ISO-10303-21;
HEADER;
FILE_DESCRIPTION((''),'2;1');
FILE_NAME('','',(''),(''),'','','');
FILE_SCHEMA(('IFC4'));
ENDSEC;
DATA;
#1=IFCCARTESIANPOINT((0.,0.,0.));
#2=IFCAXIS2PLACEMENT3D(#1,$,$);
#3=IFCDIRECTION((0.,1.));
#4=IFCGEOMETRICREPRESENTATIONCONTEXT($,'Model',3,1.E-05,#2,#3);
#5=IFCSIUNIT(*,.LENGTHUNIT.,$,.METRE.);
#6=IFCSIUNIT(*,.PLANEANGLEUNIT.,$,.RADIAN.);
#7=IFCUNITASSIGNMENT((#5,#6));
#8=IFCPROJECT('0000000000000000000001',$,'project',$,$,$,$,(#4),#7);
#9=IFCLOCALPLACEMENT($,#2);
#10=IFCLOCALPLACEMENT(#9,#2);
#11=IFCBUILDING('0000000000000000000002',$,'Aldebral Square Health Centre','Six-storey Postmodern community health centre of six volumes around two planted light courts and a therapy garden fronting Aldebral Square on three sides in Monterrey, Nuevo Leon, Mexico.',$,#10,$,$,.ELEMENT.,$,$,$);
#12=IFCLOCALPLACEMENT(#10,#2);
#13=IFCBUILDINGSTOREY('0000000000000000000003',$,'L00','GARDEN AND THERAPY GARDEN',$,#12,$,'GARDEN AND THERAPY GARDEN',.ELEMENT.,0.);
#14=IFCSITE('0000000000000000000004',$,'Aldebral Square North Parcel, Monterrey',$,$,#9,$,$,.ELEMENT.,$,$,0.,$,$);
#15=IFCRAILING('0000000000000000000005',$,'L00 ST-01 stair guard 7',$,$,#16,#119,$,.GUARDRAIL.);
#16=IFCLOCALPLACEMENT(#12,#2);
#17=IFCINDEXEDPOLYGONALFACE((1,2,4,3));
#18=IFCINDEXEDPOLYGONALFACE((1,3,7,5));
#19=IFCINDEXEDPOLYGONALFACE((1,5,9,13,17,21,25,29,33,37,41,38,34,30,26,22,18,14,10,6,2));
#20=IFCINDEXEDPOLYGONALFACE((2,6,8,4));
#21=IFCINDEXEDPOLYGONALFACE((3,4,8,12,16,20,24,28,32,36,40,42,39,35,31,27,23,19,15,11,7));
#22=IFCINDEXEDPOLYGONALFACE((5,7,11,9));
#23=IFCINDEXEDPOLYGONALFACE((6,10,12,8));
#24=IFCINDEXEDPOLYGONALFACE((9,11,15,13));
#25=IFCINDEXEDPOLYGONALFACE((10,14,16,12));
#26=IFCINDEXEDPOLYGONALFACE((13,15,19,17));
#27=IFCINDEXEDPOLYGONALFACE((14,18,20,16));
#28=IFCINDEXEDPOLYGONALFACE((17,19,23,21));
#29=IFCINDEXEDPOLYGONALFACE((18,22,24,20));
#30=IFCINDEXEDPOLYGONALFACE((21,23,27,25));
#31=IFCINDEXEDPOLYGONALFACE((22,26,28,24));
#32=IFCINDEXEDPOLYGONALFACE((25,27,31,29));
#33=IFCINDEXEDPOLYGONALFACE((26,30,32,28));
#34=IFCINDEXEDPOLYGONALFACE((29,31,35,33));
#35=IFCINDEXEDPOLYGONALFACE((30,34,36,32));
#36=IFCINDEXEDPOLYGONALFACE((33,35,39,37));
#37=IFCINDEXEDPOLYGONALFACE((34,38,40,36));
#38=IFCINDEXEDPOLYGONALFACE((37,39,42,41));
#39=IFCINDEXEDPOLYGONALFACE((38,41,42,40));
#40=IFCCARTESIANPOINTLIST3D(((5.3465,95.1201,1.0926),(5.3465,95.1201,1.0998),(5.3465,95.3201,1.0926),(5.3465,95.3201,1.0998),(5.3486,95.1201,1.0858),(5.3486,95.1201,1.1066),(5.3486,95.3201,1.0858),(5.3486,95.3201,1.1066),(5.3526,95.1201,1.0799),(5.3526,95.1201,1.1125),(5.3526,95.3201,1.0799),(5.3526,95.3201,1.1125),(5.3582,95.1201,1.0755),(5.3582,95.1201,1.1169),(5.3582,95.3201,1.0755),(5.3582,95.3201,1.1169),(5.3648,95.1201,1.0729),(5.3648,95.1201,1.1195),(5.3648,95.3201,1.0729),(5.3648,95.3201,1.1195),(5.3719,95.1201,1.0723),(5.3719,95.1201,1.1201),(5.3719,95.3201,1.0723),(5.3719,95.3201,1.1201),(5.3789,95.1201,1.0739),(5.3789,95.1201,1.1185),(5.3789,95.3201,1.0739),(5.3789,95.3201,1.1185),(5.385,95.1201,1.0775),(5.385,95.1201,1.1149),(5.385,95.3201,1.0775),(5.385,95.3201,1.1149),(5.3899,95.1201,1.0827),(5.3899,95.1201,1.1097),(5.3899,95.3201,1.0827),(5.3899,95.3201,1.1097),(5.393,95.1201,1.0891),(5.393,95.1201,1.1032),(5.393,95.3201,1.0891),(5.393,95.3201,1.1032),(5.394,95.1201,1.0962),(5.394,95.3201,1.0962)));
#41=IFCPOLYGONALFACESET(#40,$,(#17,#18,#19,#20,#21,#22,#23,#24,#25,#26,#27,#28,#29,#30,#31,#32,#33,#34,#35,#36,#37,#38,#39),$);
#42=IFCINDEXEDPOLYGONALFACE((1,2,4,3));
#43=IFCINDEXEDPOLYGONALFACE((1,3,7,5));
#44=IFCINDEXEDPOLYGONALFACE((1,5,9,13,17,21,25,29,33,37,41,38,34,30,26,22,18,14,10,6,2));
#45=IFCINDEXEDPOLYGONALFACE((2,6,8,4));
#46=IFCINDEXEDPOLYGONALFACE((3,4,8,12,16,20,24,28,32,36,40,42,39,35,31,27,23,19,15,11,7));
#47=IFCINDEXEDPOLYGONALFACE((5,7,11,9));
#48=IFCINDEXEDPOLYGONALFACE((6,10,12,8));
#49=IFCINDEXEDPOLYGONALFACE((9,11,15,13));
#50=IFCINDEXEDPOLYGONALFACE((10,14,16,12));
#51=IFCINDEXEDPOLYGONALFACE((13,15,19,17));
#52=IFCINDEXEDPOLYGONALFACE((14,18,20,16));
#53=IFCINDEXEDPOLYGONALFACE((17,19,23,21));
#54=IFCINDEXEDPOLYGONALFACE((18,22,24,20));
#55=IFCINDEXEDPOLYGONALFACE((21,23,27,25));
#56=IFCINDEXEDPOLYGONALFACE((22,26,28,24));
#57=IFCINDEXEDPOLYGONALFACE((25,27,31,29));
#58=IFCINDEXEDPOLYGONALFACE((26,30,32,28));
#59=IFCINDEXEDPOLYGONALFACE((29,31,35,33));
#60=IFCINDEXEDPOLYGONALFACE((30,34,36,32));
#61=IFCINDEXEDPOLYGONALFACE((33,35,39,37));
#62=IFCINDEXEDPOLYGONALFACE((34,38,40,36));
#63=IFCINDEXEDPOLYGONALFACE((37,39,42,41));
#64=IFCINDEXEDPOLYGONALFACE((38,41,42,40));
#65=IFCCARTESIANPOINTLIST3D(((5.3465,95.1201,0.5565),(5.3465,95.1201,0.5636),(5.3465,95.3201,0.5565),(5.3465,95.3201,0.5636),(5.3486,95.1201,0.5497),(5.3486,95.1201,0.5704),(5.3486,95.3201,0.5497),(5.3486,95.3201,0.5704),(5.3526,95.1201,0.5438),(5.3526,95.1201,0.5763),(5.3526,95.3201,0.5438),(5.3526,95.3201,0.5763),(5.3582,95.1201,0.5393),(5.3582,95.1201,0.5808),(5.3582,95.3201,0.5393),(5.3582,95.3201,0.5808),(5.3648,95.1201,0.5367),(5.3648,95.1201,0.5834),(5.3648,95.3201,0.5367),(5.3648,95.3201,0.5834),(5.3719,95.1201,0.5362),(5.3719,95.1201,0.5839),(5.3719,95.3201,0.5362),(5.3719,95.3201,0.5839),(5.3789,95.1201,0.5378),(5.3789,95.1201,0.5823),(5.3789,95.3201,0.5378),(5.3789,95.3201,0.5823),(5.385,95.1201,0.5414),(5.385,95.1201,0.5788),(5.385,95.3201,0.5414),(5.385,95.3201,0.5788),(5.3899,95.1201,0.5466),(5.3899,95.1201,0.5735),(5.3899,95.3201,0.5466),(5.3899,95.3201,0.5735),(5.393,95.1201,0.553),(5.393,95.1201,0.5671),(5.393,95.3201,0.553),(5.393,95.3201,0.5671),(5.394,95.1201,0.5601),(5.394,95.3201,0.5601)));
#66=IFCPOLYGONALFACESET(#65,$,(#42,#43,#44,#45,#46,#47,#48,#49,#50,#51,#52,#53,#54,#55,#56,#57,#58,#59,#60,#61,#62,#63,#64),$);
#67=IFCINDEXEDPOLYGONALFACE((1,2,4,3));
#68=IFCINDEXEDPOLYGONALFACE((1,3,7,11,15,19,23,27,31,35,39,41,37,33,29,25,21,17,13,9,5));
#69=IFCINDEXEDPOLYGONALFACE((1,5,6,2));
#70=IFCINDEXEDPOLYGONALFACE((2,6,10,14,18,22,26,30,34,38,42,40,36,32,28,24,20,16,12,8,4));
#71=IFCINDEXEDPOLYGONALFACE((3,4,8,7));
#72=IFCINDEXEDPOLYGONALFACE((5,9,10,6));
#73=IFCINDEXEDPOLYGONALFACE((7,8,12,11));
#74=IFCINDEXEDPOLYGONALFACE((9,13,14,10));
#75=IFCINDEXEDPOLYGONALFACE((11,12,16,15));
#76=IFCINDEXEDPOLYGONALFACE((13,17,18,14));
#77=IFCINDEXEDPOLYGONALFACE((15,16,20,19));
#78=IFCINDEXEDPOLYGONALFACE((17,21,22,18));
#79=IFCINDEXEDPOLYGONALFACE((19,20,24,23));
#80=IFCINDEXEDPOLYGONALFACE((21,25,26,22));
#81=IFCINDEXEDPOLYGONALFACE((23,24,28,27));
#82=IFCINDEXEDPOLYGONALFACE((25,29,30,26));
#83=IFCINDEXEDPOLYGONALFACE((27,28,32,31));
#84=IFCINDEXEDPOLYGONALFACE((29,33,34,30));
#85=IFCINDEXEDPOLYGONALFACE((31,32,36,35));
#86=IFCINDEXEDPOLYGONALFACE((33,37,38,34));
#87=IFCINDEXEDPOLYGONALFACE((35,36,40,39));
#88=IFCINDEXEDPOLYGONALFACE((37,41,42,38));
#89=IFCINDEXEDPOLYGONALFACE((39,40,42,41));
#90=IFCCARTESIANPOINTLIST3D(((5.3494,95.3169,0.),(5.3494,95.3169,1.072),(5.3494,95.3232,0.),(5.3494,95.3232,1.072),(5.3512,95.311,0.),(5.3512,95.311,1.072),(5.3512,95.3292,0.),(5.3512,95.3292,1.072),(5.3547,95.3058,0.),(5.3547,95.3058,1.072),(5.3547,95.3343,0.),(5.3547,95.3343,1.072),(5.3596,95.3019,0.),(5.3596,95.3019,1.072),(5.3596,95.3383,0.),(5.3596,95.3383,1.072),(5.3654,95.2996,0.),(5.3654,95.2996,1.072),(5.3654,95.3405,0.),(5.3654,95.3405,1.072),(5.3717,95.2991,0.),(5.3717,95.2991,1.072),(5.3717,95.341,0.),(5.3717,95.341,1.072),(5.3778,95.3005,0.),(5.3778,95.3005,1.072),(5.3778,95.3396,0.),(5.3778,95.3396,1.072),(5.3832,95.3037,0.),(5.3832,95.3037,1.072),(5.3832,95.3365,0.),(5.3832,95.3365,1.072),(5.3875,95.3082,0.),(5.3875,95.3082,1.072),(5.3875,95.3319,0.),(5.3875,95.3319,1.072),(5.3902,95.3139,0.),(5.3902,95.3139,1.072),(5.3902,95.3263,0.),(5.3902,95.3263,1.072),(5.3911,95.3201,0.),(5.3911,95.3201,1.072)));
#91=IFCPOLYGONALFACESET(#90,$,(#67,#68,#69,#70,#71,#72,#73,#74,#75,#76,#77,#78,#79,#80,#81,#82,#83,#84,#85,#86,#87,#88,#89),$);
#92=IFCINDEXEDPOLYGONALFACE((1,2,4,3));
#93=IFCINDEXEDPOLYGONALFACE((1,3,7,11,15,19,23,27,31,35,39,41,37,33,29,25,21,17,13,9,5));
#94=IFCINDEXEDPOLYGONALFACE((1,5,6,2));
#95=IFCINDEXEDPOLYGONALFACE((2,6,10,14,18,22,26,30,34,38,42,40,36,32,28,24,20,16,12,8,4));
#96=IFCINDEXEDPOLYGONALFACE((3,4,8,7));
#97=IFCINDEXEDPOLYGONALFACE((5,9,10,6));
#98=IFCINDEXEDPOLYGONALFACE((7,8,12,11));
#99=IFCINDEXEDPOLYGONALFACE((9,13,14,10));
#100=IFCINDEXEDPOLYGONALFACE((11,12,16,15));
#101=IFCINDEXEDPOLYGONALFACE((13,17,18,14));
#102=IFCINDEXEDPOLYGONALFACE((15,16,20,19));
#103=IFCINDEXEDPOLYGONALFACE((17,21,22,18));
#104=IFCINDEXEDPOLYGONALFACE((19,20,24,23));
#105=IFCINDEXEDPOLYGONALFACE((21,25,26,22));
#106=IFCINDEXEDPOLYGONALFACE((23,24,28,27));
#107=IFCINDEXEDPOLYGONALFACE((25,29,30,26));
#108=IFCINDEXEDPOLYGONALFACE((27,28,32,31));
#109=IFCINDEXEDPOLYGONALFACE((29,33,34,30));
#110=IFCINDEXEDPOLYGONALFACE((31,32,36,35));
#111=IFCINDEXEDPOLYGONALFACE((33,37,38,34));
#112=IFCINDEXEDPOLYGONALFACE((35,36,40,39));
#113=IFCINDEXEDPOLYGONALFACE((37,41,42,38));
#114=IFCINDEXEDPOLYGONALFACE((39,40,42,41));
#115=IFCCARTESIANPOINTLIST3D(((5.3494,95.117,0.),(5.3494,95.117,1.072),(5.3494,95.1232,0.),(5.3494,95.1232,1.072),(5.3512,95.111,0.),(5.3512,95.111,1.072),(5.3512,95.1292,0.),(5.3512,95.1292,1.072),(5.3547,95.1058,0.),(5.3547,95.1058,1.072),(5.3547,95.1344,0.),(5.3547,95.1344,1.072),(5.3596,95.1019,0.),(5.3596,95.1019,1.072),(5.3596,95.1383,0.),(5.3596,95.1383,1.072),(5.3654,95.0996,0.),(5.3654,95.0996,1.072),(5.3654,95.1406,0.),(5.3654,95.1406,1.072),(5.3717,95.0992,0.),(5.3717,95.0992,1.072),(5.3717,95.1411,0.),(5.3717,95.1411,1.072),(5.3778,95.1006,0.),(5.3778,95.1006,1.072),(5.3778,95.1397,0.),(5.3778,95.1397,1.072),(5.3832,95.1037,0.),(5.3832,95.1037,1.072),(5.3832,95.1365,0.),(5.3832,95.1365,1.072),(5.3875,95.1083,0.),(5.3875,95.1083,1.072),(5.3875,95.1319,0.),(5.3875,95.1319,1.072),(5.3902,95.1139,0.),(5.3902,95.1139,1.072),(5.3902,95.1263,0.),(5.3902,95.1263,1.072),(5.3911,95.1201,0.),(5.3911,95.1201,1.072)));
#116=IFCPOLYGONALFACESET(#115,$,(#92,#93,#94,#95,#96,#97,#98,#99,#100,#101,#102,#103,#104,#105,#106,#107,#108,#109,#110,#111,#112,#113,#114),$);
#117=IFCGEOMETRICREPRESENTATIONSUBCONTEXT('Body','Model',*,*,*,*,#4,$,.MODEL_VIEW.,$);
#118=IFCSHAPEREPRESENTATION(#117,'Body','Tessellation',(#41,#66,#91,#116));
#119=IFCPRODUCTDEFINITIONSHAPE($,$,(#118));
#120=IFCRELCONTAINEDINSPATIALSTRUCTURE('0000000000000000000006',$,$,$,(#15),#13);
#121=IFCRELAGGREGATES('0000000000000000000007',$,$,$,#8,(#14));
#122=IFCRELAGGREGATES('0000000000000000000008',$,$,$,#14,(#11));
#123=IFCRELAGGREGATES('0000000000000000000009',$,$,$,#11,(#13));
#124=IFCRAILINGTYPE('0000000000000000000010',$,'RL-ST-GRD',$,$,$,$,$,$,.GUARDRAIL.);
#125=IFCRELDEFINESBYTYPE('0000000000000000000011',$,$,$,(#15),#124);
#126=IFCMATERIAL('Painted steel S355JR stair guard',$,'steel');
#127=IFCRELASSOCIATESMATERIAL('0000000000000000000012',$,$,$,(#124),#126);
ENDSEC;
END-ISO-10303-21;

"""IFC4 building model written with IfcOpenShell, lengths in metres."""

from ifc_helpers import new_model, si_unit, direction, frame, origin, origin_2d, place, context, subcontext, project, spatial, circle, extrude, material, type_object, element, save


model = new_model("IFC4")

# Units and contexts
model_context = context("Model", 3, precision=1e-05, world=origin(), true_north=direction((0.0, 1.0)))
body_context = subcontext(model_context, "Body", "Model", "MODEL_VIEW")
ifc_project = project(units=[si_unit("LENGTHUNIT", "METRE"), si_unit("PLANEANGLEUNIT", "RADIAN")], contexts=[model_context])

# Site, building, storey
site_placement = place(None, origin())
site = spatial("IfcSite", under=ifc_project, at=site_placement, Name="Aldebral Square North Parcel, Monterrey", CompositionType="ELEMENT", RefElevation=0.0)
building_placement = place(site_placement, origin())
building = spatial("IfcBuilding", under=site, at=building_placement, Name="Aldebral Square Health Centre", Description="Six-storey Postmodern community health centre of six volumes around two planted light courts and a therapy garden fronting Aldebral Square on three sides in Monterrey, Nuevo Leon, Mexico.", CompositionType="ELEMENT")
storey_placement = place(building_placement, origin())
storey = spatial("IfcBuildingStorey", under=building, at=storey_placement, Name="L00", Description="GARDEN AND THERAPY GARDEN", LongName="GARDEN AND THERAPY GARDEN", CompositionType="ELEMENT", Elevation=0.0)

# Railing
ifc_material_1 = material(Name="Painted steel S355JR stair guard", Category="steel")
railing_type_1 = type_object("IfcRailingType", Name="RL-ST-GRD", PredefinedType="GUARDRAIL", material=ifc_material_1)
railing_1_placement = place(storey_placement, frame((5.3701, 95.3201, 0.0)))
element("IfcRailing", 1, at=railing_1_placement, inside=storey, type_object=railing_type_1, Name="L00 ST-01 stair guard 7", PredefinedType="GUARDRAIL", context=body_context, shape_type="SweptSolid", body=[
    extrude(circle(Radius=0.0239, at=origin_2d()), frame((0.0, 0.0, 1.0962), z_axis=(0.0, -1.0, 0.0), x_axis=(1.0, 0.0, 0.0)), (0.0, 0.0, 1.0), 0.2),
    extrude(circle(Radius=0.0239, at=origin_2d()), frame((0.0, 0.0, 0.5601), z_axis=(0.0, -1.0, 0.0), x_axis=(1.0, 0.0, 0.0)), (0.0, 0.0, 1.0), 0.2),
    extrude(circle(Radius=0.021, at=origin_2d()), origin(), (0.0, 0.0, 1.0), 1.072),
    extrude(circle(Radius=0.021, at=origin_2d()), frame((0.0, -0.2, 0.0)), (0.0, 0.0, 1.0), 1.072),
])

save(model, "model.ifc")
